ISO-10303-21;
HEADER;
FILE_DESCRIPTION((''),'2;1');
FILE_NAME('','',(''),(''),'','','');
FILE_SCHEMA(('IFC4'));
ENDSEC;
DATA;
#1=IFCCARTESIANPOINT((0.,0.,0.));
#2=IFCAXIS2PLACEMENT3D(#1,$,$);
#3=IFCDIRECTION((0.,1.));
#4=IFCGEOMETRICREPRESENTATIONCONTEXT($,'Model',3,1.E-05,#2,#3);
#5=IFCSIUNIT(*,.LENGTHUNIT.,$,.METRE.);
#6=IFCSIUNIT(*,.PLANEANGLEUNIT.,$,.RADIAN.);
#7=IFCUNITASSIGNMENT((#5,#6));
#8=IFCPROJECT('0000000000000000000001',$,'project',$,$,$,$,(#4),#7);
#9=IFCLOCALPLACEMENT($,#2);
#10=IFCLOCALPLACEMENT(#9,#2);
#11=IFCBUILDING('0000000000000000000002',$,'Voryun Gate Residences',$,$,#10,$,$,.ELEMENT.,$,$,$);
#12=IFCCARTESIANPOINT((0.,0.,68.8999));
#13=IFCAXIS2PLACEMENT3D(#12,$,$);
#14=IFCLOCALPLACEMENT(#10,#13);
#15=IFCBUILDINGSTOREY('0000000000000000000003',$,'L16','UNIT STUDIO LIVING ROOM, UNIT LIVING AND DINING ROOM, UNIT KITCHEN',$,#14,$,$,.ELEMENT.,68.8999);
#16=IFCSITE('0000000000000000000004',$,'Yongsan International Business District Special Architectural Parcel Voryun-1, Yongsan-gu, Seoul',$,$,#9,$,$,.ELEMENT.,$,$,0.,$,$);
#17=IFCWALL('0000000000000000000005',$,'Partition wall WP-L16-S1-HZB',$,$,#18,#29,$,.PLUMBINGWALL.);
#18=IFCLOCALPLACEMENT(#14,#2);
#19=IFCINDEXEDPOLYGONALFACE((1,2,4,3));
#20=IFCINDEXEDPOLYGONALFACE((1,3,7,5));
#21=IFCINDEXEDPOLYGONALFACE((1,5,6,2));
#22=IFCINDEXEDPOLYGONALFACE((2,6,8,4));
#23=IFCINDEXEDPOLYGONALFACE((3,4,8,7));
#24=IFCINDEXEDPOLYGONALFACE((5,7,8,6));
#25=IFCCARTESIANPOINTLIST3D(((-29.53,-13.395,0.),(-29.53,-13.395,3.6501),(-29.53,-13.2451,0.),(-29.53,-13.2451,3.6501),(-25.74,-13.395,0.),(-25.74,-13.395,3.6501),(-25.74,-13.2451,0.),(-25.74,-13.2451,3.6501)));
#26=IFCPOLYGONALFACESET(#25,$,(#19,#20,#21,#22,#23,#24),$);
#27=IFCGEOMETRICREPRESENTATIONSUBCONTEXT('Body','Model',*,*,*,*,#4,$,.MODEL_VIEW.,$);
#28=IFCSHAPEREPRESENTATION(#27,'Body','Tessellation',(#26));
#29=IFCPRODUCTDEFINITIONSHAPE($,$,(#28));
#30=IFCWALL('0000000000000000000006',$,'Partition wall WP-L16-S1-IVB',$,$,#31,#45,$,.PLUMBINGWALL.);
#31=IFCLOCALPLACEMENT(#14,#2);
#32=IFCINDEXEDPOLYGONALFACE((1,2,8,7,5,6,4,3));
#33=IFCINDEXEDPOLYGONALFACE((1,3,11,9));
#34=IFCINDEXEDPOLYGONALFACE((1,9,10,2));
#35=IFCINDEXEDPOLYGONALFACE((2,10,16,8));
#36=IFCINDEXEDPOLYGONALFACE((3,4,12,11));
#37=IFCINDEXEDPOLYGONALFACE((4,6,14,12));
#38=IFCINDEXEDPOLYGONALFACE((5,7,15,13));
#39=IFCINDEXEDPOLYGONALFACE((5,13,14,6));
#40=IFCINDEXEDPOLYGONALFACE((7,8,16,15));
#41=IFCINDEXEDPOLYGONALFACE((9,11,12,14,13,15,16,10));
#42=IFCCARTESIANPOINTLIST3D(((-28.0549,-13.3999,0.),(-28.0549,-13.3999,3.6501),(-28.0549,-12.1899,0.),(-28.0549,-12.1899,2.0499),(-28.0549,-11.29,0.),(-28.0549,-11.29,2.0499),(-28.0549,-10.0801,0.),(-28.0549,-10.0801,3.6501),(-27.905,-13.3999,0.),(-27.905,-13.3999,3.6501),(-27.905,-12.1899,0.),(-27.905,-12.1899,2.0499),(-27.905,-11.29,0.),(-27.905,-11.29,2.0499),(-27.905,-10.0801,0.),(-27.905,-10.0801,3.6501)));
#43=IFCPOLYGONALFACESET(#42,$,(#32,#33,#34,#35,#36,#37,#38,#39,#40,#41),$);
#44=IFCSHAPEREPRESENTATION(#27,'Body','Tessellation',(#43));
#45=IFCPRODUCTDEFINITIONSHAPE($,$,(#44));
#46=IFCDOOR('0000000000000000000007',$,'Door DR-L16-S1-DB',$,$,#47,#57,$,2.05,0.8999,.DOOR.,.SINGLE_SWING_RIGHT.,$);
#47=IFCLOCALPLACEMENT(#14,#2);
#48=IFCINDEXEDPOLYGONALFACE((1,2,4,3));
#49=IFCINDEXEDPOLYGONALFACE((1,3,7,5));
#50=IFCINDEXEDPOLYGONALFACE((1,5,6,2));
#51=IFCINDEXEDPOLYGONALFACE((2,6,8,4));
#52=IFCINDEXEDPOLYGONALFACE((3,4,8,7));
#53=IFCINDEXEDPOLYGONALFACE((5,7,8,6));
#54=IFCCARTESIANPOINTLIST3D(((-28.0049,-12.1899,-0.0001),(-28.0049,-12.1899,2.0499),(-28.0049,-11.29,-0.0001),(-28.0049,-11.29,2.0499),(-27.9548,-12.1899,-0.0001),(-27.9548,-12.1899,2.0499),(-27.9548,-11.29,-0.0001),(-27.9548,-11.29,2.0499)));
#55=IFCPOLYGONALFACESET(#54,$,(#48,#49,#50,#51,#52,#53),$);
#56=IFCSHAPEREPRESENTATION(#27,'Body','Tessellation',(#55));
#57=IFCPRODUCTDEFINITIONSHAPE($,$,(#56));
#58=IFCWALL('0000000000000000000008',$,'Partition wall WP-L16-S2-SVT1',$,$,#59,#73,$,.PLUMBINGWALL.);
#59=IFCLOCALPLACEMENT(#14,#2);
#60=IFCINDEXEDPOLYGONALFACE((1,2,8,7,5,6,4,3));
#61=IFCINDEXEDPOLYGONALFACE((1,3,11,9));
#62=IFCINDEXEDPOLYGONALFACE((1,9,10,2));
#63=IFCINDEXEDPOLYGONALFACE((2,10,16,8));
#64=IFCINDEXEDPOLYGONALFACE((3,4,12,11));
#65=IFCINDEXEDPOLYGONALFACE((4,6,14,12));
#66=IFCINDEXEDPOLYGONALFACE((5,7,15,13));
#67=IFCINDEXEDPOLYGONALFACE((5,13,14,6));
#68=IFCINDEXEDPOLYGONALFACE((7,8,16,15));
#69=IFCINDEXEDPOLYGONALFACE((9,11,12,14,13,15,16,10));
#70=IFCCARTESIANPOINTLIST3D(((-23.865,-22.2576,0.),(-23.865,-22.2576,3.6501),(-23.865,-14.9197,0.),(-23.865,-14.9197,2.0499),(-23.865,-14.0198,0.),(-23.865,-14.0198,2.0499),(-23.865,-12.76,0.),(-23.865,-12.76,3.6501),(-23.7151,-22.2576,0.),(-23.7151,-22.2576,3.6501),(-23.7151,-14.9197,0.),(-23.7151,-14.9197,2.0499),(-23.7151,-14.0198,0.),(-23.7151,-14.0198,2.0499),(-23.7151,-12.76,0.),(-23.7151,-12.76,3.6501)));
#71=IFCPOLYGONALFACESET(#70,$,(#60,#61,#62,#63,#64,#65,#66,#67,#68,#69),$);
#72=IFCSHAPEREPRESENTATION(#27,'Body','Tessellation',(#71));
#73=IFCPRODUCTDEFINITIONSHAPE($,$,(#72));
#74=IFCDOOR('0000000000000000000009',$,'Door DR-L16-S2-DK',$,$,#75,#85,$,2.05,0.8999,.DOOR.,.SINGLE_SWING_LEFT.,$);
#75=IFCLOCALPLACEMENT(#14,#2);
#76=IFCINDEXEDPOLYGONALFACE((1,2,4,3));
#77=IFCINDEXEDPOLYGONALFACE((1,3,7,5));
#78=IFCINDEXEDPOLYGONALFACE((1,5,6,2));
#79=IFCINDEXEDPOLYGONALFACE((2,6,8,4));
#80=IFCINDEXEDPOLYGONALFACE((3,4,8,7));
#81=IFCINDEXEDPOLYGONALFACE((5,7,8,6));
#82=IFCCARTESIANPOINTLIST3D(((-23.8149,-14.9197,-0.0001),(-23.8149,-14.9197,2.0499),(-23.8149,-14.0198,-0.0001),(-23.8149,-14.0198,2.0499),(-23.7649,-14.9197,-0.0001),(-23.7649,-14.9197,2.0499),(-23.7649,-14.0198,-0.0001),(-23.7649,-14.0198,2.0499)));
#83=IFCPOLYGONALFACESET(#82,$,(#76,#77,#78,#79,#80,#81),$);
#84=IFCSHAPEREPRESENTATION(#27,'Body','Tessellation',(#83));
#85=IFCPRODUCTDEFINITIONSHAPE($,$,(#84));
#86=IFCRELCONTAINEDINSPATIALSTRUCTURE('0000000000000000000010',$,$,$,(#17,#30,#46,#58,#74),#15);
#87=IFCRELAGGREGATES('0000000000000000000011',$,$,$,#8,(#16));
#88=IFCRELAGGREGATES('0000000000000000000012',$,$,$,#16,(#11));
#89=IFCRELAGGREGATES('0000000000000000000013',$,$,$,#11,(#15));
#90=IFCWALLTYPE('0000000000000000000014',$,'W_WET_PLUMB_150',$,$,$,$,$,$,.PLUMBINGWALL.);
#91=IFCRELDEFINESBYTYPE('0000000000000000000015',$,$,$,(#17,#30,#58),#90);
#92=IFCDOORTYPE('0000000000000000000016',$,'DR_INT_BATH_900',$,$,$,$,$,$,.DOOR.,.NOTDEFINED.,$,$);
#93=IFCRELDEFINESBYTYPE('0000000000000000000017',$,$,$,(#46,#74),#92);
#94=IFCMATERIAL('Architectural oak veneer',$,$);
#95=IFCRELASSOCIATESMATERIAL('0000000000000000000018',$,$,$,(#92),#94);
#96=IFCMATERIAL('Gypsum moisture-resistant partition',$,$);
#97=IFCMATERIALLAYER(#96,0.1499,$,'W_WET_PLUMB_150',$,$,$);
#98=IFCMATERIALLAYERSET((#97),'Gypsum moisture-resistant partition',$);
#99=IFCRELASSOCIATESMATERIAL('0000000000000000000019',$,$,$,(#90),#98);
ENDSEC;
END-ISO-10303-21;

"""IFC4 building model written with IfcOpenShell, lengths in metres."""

from ifc_helpers import new_model, si_unit, direction, frame, frame_2d, origin, place, context, subcontext, project, spatial, rectangle, extrude, material, layer, layer_set, type_object, element, fill, save


model = new_model("IFC4")

# Units and contexts
model_context = context("Model", 3, precision=1e-05, world=origin(), true_north=direction((0.0, 1.0)))
body_context = subcontext(model_context, "Body", "Model", "MODEL_VIEW")
ifc_project = project(units=[si_unit("LENGTHUNIT", "METRE"), si_unit("PLANEANGLEUNIT", "RADIAN")], contexts=[model_context])

# Site, building, storey
site_placement = place(None, origin())
site = spatial("IfcSite", under=ifc_project, at=site_placement, Name="Yongsan International Business District Special Architectural Parcel Voryun-1, Yongsan-gu, Seoul", CompositionType="ELEMENT", RefElevation=0.0)
building_placement = place(site_placement, origin())
building = spatial("IfcBuilding", under=site, at=building_placement, Name="Voryun Gate Residences", CompositionType="ELEMENT")
storey_placement = place(building_placement, frame((0.0, 0.0, 68.8999)))
storey = spatial("IfcBuildingStorey", under=building, at=storey_placement, Name="L16", Description="UNIT STUDIO LIVING ROOM, UNIT LIVING AND DINING ROOM, UNIT KITCHEN", CompositionType="ELEMENT", Elevation=68.8999)

# Shared definitions
ifc_material_1 = material(Name="Architectural oak veneer")
door_type_1 = type_object("IfcDoorType", Name="DR_INT_BATH_900", OperationType="NOTDEFINED", PredefinedType="DOOR", material=ifc_material_1)

# Wall
ifc_material_2 = material(Name="Gypsum moisture-resistant partition")
ifc_layer_1 = layer(ifc_material_2, 0.1499, Name="W_WET_PLUMB_150")
ifc_layer_set_1 = layer_set([ifc_layer_1], Name="Gypsum moisture-resistant partition")
wall_type_1 = type_object("IfcWallType", Name="W_WET_PLUMB_150", PredefinedType="PLUMBINGWALL", material=ifc_layer_set_1)
wall_1_placement = place(storey_placement, frame((-29.53, -13.3201, 0.0), z_axis=(0.0, 0.0, 1.0), x_axis=(1.0, 0.0, 0.0)))
element("IfcWall", 1, at=wall_1_placement, inside=storey, type_object=wall_type_1, Name="Partition wall WP-L16-S1-HZB", PredefinedType="PLUMBINGWALL", context=body_context, shape_type="SweptSolid", body=[
    extrude(rectangle(XDim=3.79, YDim=0.1499, at=frame_2d((1.895, 0.0))), origin(), (0.0, 0.0, 1.0), 3.6501),
])

# Walls, openings, doors
wall_2_placement = place(storey_placement, frame((-27.98, -13.3999, 0.0), z_axis=(0.0, 0.0, 1.0), x_axis=(0.0, 1.0, 0.0)))
wall_2 = element("IfcWall", 2, at=wall_2_placement, inside=storey, type_object=wall_type_1, Name="Partition wall WP-L16-S1-IVB", PredefinedType="PLUMBINGWALL", context=body_context, shape_type="SweptSolid", body=[
    extrude(rectangle(XDim=3.3198, YDim=0.1499, at=frame_2d((1.6599, 0.0))), origin(), (0.0, 0.0, 1.0), 3.6501),
])
opening_1_placement = place(wall_2_placement, frame((1.21, 0.0, 0.0)))
opening_1 = element("IfcOpeningElement", 3, at=opening_1_placement, cuts=wall_2, PredefinedType="OPENING", context=body_context, shape_type="SweptSolid", body=[
    extrude(rectangle(XDim=0.8999, YDim=2.05, at=frame_2d((0.45, 1.0249))), frame((0.0, 0.085, 0.0), z_axis=(0.0, -1.0, 0.0), x_axis=(1.0, 0.0, 0.0)), (0.0, 0.0, 1.0), 0.1699),
])
door_1_placement = place(opening_1_placement, origin())
door_1 = element("IfcDoor", 4, at=door_1_placement, inside=storey, type_object=door_type_1, Name="Door DR-L16-S1-DB", OperationType="SINGLE_SWING_RIGHT", OverallHeight=2.05, OverallWidth=0.8999, PredefinedType="DOOR", context=body_context, shape_type="SweptSolid", body=[
    extrude(rectangle(XDim=0.8999, YDim=2.05, at=frame_2d((0.45, 1.0249))), frame((0.0, 0.0249, 0.0), z_axis=(0.0, -1.0, 0.0), x_axis=(1.0, 0.0, 0.0)), (0.0, 0.0, 1.0), 0.05),
])
fill(opening_1, door_1)
wall_3_placement = place(storey_placement, frame((-23.79, -22.2576, 0.0), z_axis=(0.0, 0.0, 1.0), x_axis=(0.0, 1.0, 0.0)))
wall_3 = element("IfcWall", 5, at=wall_3_placement, inside=storey, type_object=wall_type_1, Name="Partition wall WP-L16-S2-SVT1", PredefinedType="PLUMBINGWALL", context=body_context, shape_type="SweptSolid", body=[
    extrude(rectangle(XDim=9.4976, YDim=0.1499, at=frame_2d((4.7488, 0.0))), origin(), (0.0, 0.0, 1.0), 3.6501),
])
opening_2_placement = place(wall_3_placement, frame((7.3379, 0.0, 0.0)))
opening_2 = element("IfcOpeningElement", 6, at=opening_2_placement, cuts=wall_3, PredefinedType="OPENING", context=body_context, shape_type="SweptSolid", body=[
    extrude(rectangle(XDim=0.8999, YDim=2.05, at=frame_2d((0.45, 1.0249))), frame((0.0, 0.085, 0.0), z_axis=(0.0, -1.0, 0.0), x_axis=(1.0, 0.0, 0.0)), (0.0, 0.0, 1.0), 0.1699),
])
door_2_placement = place(opening_2_placement, origin())
door_2 = element("IfcDoor", 7, at=door_2_placement, inside=storey, type_object=door_type_1, Name="Door DR-L16-S2-DK", OperationType="SINGLE_SWING_LEFT", OverallHeight=2.05, OverallWidth=0.8999, PredefinedType="DOOR", context=body_context, shape_type="SweptSolid", body=[
    extrude(rectangle(XDim=0.8999, YDim=2.05, at=frame_2d((0.45, 1.0249))), frame((0.0, 0.0249, 0.0), z_axis=(0.0, -1.0, 0.0), x_axis=(1.0, 0.0, 0.0)), (0.0, 0.0, 1.0), 0.05),
])
fill(opening_2, door_2)

save(model, "model.ifc")
